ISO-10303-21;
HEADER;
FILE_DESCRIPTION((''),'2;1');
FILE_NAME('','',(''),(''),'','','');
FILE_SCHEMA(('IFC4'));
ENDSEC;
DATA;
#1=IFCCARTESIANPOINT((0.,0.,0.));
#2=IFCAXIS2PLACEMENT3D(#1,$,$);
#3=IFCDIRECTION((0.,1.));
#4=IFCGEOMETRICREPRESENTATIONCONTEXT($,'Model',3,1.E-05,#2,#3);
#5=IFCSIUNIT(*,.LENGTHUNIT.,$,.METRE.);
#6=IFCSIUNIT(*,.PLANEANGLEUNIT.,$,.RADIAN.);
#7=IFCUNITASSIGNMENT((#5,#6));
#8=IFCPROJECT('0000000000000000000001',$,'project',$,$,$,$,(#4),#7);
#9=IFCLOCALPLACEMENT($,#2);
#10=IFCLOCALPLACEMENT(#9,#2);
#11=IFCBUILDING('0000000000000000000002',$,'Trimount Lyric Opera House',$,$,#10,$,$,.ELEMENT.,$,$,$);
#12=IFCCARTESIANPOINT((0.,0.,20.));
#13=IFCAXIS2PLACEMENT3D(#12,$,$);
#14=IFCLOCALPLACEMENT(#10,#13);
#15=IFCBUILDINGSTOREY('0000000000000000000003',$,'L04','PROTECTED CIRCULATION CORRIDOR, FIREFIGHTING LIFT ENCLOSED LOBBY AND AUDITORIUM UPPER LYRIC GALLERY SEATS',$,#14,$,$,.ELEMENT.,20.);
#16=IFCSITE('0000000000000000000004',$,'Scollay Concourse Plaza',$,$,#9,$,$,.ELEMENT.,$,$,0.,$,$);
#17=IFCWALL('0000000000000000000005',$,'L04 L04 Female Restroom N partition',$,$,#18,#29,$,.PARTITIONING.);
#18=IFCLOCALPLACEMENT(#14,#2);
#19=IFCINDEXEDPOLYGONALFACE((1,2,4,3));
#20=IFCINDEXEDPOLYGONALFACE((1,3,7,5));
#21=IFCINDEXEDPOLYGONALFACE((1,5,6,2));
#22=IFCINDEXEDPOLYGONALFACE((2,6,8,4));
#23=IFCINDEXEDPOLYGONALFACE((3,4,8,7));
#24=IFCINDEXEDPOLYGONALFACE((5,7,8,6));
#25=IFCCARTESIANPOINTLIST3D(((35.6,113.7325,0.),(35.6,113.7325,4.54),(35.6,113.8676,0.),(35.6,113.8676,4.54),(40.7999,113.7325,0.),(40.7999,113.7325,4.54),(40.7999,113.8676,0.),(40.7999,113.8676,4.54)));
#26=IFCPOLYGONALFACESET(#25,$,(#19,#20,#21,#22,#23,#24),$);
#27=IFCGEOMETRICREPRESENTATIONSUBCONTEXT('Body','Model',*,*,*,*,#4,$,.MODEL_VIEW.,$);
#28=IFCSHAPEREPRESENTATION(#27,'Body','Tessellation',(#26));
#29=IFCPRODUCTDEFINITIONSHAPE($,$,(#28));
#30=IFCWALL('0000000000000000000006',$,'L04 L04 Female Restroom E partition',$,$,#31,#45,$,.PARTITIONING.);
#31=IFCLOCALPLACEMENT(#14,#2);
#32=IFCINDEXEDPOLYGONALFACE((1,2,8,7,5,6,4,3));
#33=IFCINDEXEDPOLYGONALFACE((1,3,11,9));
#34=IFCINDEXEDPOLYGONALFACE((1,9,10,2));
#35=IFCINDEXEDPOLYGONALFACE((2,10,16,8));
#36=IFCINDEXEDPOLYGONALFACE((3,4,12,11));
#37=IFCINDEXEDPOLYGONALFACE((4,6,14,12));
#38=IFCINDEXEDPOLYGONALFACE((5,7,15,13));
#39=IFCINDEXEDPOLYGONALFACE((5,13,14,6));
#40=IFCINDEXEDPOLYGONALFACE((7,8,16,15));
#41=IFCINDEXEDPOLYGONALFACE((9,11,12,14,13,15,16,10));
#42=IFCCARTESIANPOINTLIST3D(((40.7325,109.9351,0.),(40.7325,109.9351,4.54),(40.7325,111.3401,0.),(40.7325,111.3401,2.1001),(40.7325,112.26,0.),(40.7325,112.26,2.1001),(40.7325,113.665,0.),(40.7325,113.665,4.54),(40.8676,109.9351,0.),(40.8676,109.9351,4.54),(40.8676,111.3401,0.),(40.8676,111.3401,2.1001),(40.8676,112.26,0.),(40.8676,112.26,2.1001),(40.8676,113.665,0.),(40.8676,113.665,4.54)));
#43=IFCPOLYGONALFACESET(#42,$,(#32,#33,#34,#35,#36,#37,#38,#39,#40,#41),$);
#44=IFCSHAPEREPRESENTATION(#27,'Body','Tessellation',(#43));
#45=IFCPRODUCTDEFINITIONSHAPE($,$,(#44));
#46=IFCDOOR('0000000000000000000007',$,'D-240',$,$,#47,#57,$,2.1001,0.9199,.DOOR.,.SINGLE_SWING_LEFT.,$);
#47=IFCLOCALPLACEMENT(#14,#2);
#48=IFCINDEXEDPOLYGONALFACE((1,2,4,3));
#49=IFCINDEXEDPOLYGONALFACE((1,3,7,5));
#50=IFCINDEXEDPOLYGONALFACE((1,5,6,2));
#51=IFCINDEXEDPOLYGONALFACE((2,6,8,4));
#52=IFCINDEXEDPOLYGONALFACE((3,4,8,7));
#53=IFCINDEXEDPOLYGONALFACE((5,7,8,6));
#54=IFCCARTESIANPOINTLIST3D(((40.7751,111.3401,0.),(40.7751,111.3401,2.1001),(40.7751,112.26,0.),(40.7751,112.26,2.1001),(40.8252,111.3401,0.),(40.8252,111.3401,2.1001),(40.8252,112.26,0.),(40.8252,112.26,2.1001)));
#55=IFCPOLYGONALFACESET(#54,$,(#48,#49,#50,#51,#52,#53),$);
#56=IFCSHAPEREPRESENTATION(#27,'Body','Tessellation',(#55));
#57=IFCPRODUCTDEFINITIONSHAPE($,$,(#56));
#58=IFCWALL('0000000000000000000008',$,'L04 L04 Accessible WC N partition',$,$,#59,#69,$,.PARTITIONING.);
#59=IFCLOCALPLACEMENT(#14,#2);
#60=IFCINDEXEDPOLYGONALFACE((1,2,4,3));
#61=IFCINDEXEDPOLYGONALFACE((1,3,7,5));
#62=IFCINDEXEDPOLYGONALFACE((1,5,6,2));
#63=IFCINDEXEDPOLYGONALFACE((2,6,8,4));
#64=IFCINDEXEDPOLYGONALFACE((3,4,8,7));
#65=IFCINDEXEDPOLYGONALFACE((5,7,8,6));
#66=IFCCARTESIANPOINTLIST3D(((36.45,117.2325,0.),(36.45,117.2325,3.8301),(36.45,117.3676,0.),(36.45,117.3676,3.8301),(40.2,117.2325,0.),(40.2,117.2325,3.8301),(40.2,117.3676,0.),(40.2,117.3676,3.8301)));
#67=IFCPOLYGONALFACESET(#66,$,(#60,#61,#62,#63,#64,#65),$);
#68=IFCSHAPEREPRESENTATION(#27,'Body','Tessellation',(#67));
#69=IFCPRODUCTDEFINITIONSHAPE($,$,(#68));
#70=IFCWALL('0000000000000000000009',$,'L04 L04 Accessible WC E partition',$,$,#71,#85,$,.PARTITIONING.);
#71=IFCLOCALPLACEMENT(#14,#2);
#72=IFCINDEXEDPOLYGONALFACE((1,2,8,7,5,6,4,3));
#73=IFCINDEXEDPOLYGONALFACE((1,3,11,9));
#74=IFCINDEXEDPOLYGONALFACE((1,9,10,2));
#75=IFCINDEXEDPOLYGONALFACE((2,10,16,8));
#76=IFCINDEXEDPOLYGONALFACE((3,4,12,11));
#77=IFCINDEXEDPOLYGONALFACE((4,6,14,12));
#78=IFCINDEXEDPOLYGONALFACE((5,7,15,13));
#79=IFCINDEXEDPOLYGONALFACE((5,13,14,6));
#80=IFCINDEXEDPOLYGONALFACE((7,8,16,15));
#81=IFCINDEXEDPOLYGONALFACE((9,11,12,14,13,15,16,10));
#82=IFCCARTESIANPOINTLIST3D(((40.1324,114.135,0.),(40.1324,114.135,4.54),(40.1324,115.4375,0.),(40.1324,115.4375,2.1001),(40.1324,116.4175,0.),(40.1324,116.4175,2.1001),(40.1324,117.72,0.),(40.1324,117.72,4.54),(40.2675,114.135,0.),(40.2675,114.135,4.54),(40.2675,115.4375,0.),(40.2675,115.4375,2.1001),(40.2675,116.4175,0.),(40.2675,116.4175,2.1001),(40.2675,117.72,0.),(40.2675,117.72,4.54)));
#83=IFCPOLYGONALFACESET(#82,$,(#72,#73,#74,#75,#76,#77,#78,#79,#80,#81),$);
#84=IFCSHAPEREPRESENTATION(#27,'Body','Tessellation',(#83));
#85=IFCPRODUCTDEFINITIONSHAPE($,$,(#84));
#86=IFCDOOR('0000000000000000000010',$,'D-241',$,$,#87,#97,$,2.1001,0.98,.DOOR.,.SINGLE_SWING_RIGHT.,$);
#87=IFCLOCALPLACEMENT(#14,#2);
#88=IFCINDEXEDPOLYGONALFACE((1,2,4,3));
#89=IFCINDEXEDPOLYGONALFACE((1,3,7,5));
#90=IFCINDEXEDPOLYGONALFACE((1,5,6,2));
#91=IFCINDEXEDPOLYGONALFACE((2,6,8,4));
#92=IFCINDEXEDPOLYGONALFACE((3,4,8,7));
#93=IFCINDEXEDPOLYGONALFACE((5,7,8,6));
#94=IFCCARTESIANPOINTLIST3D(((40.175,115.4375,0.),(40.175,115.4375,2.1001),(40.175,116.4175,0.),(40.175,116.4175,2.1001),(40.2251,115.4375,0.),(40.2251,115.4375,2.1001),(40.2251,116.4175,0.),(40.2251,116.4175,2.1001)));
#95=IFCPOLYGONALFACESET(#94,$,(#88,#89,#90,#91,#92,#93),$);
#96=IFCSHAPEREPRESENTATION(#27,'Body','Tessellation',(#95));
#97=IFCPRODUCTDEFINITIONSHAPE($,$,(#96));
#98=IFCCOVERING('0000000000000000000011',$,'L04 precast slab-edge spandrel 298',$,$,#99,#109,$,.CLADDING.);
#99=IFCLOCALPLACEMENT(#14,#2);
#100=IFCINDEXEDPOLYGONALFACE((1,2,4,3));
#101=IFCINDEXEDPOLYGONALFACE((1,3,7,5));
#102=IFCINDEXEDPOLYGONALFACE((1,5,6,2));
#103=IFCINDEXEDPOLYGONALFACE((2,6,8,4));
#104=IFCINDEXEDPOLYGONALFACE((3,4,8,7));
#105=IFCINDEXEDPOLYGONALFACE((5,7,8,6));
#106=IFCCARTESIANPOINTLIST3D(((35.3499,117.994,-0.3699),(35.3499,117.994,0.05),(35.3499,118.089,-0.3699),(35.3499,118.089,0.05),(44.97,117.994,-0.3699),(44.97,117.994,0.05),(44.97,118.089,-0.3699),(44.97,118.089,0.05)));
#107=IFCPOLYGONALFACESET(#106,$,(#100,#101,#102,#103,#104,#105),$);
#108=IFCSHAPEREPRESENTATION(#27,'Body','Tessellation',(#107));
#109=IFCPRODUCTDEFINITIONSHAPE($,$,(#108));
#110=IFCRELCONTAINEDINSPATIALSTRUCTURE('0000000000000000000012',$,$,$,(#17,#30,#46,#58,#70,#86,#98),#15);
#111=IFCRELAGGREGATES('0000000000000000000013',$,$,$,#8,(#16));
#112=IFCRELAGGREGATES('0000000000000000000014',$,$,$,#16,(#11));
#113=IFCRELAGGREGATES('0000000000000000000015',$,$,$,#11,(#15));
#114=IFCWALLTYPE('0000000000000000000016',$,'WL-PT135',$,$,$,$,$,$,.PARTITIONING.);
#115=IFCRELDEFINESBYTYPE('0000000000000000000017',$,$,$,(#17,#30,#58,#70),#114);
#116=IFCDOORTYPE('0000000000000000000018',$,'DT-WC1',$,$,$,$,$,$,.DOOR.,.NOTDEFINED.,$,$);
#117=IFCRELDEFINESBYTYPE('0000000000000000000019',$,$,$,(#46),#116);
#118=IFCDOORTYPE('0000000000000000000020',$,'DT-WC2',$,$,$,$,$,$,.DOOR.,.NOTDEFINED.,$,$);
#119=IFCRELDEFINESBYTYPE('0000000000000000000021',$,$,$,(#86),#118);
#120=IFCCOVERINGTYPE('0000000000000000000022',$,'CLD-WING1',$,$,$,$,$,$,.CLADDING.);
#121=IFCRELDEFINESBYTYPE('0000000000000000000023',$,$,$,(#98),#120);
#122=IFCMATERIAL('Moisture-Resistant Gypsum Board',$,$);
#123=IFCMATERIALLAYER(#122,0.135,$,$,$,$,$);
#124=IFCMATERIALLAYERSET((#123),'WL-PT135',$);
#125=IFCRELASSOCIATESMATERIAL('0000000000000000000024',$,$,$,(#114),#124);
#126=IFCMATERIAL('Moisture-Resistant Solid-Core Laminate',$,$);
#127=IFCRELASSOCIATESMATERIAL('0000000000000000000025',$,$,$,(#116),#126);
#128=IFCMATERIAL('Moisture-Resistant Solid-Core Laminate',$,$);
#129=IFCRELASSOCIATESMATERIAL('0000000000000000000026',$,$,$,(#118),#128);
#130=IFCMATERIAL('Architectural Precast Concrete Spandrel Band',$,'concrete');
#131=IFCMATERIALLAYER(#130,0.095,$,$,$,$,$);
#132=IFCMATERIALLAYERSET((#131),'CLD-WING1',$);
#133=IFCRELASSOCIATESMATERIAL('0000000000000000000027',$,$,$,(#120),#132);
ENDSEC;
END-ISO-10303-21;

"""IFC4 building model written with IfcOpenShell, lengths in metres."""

from ifc_helpers import new_model, si_unit, direction, frame, frame_2d, origin, origin_2d, place, context, subcontext, project, spatial, rectangle, extrude, material, layer, layer_set, type_object, element, fill, save


model = new_model("IFC4")

# Units and contexts
model_context = context("Model", 3, precision=1e-05, world=origin(), true_north=direction((0.0, 1.0)))
body_context = subcontext(model_context, "Body", "Model", "MODEL_VIEW")
ifc_project = project(units=[si_unit("LENGTHUNIT", "METRE"), si_unit("PLANEANGLEUNIT", "RADIAN")], contexts=[model_context])

# Site, building, storey
site_placement = place(None, origin())
site = spatial("IfcSite", under=ifc_project, at=site_placement, Name="Scollay Concourse Plaza", CompositionType="ELEMENT", RefElevation=0.0)
building_placement = place(site_placement, origin())
building = spatial("IfcBuilding", under=site, at=building_placement, Name="Trimount Lyric Opera House", CompositionType="ELEMENT")
storey_placement = place(building_placement, frame((0.0, 0.0, 20.0)))
storey = spatial("IfcBuildingStorey", under=building, at=storey_placement, Name="L04", Description="PROTECTED CIRCULATION CORRIDOR, FIREFIGHTING LIFT ENCLOSED LOBBY AND AUDITORIUM UPPER LYRIC GALLERY SEATS", CompositionType="ELEMENT", Elevation=20.0)

# Shared definitions
ifc_material_1 = material(Name="Moisture-Resistant Gypsum Board")
ifc_layer_1 = layer(ifc_material_1, 0.135)
ifc_layer_set_1 = layer_set([ifc_layer_1], Name="WL-PT135")
wall_type = type_object("IfcWallType", Name="WL-PT135", PredefinedType="PARTITIONING", material=ifc_layer_set_1)

# Shared definitions
ifc_material_2 = material(Name="Moisture-Resistant Solid-Core Laminate")
door_type_1 = type_object("IfcDoorType", Name="DT-WC1", OperationType="NOTDEFINED", PredefinedType="DOOR", material=ifc_material_2)

# Wall
wall_1_placement = place(storey_placement, frame((40.8, 113.8, 0.0), z_axis=(0.0, 0.0, 1.0), x_axis=(-1.0, 0.0, 0.0)))
element("IfcWall", 1, at=wall_1_placement, inside=storey, type_object=wall_type, Name="L04 L04 Female Restroom N partition", PredefinedType="PARTITIONING", context=body_context, shape_type="SweptSolid", body=[
    extrude(rectangle(XDim=5.2, YDim=0.135, at=frame_2d((2.6001, 0.0))), origin(), (0.0, 0.0, 1.0), 4.54),
])

# Wall, opening, door
wall_2_placement = place(storey_placement, frame((40.8, 109.9351, 0.0), z_axis=(0.0, 0.0, 1.0), x_axis=(0.0, 1.0, 0.0)))
wall_2 = element("IfcWall", 2, at=wall_2_placement, inside=storey, type_object=wall_type, Name="L04 L04 Female Restroom E partition", PredefinedType="PARTITIONING", context=body_context, shape_type="SweptSolid", body=[
    extrude(rectangle(XDim=3.73, YDim=0.135, at=frame_2d((1.865, 0.0))), origin(), (0.0, 0.0, 1.0), 4.54),
])
opening_1_placement = place(wall_2_placement, frame((1.405, 0.0, 0.0)))
opening_1 = element("IfcOpeningElement", 3, at=opening_1_placement, cuts=wall_2, PredefinedType="OPENING", context=body_context, shape_type="SweptSolid", body=[
    extrude(rectangle(XDim=0.9199, YDim=2.1001, at=frame_2d((0.46, 1.05))), frame((0.0, 0.0776, 0.0), z_axis=(0.0, -1.0, 0.0), x_axis=(1.0, 0.0, 0.0)), (0.0, 0.0, 1.0), 0.155),
])
door_1_placement = place(opening_1_placement, origin())
door_1 = element("IfcDoor", 4, at=door_1_placement, inside=storey, type_object=door_type_1, Name="D-240", OperationType="SINGLE_SWING_LEFT", OverallHeight=2.1001, OverallWidth=0.9199, PredefinedType="DOOR", context=body_context, shape_type="SweptSolid", body=[
    extrude(rectangle(XDim=0.9199, YDim=2.1001, at=frame_2d((0.46, 1.05))), frame((0.0, 0.0249, 0.0), z_axis=(0.0, -1.0, 0.0), x_axis=(1.0, 0.0, 0.0)), (0.0, 0.0, 1.0), 0.05),
])
fill(opening_1, door_1)

# Wall
wall_3_placement = place(storey_placement, frame((40.2, 117.3, 0.0), z_axis=(0.0, 0.0, 1.0), x_axis=(-1.0, 0.0, 0.0)))
element("IfcWall", 5, at=wall_3_placement, inside=storey, type_object=wall_type, Name="L04 L04 Accessible WC N partition", PredefinedType="PARTITIONING", context=body_context, shape_type="SweptSolid", body=[
    extrude(rectangle(XDim=3.75, YDim=0.135, at=frame_2d((1.875, 0.0))), origin(), (0.0, 0.0, 1.0), 3.8301),
])

# Wall, opening, door
wall_4_placement = place(storey_placement, frame((40.2, 114.135, 0.0), z_axis=(0.0, 0.0, 1.0), x_axis=(0.0, 1.0, 0.0)))
wall_4 = element("IfcWall", 6, at=wall_4_placement, inside=storey, type_object=wall_type, Name="L04 L04 Accessible WC E partition", PredefinedType="PARTITIONING", context=body_context, shape_type="SweptSolid", body=[
    extrude(rectangle(XDim=3.585, YDim=0.135, at=frame_2d((1.7925, 0.0))), origin(), (0.0, 0.0, 1.0), 4.54),
])
opening_2_placement = place(wall_4_placement, frame((1.3025, 0.0, 0.0)))
opening_2 = element("IfcOpeningElement", 7, at=opening_2_placement, cuts=wall_4, PredefinedType="OPENING", context=body_context, shape_type="SweptSolid", body=[
    extrude(rectangle(XDim=0.98, YDim=2.1001, at=frame_2d((0.49, 1.05))), frame((0.0, 0.0776, 0.0), z_axis=(0.0, -1.0, 0.0), x_axis=(1.0, 0.0, 0.0)), (0.0, 0.0, 1.0), 0.155),
])
ifc_material_3 = material(Name="Moisture-Resistant Solid-Core Laminate")
door_type_2 = type_object("IfcDoorType", Name="DT-WC2", OperationType="NOTDEFINED", PredefinedType="DOOR", material=ifc_material_3)
door_2_placement = place(opening_2_placement, origin())
door_2 = element("IfcDoor", 8, at=door_2_placement, inside=storey, type_object=door_type_2, Name="D-241", OperationType="SINGLE_SWING_RIGHT", OverallHeight=2.1001, OverallWidth=0.98, PredefinedType="DOOR", context=body_context, shape_type="SweptSolid", body=[
    extrude(rectangle(XDim=0.98, YDim=2.1001, at=frame_2d((0.49, 1.05))), frame((0.0, 0.0249, 0.0), z_axis=(0.0, -1.0, 0.0), x_axis=(1.0, 0.0, 0.0)), (0.0, 0.0, 1.0), 0.05),
])
fill(opening_2, door_2)

# Covering
ifc_material_4 = material(Name="Architectural Precast Concrete Spandrel Band", Category="concrete")
ifc_layer_2 = layer(ifc_material_4, 0.095)
ifc_layer_set_2 = layer_set([ifc_layer_2], Name="CLD-WING1")
covering_type = type_object("IfcCoveringType", Name="CLD-WING1", PredefinedType="CLADDING", material=ifc_layer_set_2)
covering_placement = place(storey_placement, frame((40.1599, 118.0415, -0.3699), z_axis=(0.0, 0.0, 1.0), x_axis=(1.0, 0.0, 0.0)))
element("IfcCovering", 9, at=covering_placement, inside=storey, type_object=covering_type, Name="L04 precast slab-edge spandrel 298", PredefinedType="CLADDING", context=body_context, shape_type="SweptSolid", body=[
    extrude(rectangle(XDim=9.6201, YDim=0.095, at=origin_2d()), origin(), (0.0, 0.0, 1.0), 0.4199),
])

save(model, "model.ifc")
